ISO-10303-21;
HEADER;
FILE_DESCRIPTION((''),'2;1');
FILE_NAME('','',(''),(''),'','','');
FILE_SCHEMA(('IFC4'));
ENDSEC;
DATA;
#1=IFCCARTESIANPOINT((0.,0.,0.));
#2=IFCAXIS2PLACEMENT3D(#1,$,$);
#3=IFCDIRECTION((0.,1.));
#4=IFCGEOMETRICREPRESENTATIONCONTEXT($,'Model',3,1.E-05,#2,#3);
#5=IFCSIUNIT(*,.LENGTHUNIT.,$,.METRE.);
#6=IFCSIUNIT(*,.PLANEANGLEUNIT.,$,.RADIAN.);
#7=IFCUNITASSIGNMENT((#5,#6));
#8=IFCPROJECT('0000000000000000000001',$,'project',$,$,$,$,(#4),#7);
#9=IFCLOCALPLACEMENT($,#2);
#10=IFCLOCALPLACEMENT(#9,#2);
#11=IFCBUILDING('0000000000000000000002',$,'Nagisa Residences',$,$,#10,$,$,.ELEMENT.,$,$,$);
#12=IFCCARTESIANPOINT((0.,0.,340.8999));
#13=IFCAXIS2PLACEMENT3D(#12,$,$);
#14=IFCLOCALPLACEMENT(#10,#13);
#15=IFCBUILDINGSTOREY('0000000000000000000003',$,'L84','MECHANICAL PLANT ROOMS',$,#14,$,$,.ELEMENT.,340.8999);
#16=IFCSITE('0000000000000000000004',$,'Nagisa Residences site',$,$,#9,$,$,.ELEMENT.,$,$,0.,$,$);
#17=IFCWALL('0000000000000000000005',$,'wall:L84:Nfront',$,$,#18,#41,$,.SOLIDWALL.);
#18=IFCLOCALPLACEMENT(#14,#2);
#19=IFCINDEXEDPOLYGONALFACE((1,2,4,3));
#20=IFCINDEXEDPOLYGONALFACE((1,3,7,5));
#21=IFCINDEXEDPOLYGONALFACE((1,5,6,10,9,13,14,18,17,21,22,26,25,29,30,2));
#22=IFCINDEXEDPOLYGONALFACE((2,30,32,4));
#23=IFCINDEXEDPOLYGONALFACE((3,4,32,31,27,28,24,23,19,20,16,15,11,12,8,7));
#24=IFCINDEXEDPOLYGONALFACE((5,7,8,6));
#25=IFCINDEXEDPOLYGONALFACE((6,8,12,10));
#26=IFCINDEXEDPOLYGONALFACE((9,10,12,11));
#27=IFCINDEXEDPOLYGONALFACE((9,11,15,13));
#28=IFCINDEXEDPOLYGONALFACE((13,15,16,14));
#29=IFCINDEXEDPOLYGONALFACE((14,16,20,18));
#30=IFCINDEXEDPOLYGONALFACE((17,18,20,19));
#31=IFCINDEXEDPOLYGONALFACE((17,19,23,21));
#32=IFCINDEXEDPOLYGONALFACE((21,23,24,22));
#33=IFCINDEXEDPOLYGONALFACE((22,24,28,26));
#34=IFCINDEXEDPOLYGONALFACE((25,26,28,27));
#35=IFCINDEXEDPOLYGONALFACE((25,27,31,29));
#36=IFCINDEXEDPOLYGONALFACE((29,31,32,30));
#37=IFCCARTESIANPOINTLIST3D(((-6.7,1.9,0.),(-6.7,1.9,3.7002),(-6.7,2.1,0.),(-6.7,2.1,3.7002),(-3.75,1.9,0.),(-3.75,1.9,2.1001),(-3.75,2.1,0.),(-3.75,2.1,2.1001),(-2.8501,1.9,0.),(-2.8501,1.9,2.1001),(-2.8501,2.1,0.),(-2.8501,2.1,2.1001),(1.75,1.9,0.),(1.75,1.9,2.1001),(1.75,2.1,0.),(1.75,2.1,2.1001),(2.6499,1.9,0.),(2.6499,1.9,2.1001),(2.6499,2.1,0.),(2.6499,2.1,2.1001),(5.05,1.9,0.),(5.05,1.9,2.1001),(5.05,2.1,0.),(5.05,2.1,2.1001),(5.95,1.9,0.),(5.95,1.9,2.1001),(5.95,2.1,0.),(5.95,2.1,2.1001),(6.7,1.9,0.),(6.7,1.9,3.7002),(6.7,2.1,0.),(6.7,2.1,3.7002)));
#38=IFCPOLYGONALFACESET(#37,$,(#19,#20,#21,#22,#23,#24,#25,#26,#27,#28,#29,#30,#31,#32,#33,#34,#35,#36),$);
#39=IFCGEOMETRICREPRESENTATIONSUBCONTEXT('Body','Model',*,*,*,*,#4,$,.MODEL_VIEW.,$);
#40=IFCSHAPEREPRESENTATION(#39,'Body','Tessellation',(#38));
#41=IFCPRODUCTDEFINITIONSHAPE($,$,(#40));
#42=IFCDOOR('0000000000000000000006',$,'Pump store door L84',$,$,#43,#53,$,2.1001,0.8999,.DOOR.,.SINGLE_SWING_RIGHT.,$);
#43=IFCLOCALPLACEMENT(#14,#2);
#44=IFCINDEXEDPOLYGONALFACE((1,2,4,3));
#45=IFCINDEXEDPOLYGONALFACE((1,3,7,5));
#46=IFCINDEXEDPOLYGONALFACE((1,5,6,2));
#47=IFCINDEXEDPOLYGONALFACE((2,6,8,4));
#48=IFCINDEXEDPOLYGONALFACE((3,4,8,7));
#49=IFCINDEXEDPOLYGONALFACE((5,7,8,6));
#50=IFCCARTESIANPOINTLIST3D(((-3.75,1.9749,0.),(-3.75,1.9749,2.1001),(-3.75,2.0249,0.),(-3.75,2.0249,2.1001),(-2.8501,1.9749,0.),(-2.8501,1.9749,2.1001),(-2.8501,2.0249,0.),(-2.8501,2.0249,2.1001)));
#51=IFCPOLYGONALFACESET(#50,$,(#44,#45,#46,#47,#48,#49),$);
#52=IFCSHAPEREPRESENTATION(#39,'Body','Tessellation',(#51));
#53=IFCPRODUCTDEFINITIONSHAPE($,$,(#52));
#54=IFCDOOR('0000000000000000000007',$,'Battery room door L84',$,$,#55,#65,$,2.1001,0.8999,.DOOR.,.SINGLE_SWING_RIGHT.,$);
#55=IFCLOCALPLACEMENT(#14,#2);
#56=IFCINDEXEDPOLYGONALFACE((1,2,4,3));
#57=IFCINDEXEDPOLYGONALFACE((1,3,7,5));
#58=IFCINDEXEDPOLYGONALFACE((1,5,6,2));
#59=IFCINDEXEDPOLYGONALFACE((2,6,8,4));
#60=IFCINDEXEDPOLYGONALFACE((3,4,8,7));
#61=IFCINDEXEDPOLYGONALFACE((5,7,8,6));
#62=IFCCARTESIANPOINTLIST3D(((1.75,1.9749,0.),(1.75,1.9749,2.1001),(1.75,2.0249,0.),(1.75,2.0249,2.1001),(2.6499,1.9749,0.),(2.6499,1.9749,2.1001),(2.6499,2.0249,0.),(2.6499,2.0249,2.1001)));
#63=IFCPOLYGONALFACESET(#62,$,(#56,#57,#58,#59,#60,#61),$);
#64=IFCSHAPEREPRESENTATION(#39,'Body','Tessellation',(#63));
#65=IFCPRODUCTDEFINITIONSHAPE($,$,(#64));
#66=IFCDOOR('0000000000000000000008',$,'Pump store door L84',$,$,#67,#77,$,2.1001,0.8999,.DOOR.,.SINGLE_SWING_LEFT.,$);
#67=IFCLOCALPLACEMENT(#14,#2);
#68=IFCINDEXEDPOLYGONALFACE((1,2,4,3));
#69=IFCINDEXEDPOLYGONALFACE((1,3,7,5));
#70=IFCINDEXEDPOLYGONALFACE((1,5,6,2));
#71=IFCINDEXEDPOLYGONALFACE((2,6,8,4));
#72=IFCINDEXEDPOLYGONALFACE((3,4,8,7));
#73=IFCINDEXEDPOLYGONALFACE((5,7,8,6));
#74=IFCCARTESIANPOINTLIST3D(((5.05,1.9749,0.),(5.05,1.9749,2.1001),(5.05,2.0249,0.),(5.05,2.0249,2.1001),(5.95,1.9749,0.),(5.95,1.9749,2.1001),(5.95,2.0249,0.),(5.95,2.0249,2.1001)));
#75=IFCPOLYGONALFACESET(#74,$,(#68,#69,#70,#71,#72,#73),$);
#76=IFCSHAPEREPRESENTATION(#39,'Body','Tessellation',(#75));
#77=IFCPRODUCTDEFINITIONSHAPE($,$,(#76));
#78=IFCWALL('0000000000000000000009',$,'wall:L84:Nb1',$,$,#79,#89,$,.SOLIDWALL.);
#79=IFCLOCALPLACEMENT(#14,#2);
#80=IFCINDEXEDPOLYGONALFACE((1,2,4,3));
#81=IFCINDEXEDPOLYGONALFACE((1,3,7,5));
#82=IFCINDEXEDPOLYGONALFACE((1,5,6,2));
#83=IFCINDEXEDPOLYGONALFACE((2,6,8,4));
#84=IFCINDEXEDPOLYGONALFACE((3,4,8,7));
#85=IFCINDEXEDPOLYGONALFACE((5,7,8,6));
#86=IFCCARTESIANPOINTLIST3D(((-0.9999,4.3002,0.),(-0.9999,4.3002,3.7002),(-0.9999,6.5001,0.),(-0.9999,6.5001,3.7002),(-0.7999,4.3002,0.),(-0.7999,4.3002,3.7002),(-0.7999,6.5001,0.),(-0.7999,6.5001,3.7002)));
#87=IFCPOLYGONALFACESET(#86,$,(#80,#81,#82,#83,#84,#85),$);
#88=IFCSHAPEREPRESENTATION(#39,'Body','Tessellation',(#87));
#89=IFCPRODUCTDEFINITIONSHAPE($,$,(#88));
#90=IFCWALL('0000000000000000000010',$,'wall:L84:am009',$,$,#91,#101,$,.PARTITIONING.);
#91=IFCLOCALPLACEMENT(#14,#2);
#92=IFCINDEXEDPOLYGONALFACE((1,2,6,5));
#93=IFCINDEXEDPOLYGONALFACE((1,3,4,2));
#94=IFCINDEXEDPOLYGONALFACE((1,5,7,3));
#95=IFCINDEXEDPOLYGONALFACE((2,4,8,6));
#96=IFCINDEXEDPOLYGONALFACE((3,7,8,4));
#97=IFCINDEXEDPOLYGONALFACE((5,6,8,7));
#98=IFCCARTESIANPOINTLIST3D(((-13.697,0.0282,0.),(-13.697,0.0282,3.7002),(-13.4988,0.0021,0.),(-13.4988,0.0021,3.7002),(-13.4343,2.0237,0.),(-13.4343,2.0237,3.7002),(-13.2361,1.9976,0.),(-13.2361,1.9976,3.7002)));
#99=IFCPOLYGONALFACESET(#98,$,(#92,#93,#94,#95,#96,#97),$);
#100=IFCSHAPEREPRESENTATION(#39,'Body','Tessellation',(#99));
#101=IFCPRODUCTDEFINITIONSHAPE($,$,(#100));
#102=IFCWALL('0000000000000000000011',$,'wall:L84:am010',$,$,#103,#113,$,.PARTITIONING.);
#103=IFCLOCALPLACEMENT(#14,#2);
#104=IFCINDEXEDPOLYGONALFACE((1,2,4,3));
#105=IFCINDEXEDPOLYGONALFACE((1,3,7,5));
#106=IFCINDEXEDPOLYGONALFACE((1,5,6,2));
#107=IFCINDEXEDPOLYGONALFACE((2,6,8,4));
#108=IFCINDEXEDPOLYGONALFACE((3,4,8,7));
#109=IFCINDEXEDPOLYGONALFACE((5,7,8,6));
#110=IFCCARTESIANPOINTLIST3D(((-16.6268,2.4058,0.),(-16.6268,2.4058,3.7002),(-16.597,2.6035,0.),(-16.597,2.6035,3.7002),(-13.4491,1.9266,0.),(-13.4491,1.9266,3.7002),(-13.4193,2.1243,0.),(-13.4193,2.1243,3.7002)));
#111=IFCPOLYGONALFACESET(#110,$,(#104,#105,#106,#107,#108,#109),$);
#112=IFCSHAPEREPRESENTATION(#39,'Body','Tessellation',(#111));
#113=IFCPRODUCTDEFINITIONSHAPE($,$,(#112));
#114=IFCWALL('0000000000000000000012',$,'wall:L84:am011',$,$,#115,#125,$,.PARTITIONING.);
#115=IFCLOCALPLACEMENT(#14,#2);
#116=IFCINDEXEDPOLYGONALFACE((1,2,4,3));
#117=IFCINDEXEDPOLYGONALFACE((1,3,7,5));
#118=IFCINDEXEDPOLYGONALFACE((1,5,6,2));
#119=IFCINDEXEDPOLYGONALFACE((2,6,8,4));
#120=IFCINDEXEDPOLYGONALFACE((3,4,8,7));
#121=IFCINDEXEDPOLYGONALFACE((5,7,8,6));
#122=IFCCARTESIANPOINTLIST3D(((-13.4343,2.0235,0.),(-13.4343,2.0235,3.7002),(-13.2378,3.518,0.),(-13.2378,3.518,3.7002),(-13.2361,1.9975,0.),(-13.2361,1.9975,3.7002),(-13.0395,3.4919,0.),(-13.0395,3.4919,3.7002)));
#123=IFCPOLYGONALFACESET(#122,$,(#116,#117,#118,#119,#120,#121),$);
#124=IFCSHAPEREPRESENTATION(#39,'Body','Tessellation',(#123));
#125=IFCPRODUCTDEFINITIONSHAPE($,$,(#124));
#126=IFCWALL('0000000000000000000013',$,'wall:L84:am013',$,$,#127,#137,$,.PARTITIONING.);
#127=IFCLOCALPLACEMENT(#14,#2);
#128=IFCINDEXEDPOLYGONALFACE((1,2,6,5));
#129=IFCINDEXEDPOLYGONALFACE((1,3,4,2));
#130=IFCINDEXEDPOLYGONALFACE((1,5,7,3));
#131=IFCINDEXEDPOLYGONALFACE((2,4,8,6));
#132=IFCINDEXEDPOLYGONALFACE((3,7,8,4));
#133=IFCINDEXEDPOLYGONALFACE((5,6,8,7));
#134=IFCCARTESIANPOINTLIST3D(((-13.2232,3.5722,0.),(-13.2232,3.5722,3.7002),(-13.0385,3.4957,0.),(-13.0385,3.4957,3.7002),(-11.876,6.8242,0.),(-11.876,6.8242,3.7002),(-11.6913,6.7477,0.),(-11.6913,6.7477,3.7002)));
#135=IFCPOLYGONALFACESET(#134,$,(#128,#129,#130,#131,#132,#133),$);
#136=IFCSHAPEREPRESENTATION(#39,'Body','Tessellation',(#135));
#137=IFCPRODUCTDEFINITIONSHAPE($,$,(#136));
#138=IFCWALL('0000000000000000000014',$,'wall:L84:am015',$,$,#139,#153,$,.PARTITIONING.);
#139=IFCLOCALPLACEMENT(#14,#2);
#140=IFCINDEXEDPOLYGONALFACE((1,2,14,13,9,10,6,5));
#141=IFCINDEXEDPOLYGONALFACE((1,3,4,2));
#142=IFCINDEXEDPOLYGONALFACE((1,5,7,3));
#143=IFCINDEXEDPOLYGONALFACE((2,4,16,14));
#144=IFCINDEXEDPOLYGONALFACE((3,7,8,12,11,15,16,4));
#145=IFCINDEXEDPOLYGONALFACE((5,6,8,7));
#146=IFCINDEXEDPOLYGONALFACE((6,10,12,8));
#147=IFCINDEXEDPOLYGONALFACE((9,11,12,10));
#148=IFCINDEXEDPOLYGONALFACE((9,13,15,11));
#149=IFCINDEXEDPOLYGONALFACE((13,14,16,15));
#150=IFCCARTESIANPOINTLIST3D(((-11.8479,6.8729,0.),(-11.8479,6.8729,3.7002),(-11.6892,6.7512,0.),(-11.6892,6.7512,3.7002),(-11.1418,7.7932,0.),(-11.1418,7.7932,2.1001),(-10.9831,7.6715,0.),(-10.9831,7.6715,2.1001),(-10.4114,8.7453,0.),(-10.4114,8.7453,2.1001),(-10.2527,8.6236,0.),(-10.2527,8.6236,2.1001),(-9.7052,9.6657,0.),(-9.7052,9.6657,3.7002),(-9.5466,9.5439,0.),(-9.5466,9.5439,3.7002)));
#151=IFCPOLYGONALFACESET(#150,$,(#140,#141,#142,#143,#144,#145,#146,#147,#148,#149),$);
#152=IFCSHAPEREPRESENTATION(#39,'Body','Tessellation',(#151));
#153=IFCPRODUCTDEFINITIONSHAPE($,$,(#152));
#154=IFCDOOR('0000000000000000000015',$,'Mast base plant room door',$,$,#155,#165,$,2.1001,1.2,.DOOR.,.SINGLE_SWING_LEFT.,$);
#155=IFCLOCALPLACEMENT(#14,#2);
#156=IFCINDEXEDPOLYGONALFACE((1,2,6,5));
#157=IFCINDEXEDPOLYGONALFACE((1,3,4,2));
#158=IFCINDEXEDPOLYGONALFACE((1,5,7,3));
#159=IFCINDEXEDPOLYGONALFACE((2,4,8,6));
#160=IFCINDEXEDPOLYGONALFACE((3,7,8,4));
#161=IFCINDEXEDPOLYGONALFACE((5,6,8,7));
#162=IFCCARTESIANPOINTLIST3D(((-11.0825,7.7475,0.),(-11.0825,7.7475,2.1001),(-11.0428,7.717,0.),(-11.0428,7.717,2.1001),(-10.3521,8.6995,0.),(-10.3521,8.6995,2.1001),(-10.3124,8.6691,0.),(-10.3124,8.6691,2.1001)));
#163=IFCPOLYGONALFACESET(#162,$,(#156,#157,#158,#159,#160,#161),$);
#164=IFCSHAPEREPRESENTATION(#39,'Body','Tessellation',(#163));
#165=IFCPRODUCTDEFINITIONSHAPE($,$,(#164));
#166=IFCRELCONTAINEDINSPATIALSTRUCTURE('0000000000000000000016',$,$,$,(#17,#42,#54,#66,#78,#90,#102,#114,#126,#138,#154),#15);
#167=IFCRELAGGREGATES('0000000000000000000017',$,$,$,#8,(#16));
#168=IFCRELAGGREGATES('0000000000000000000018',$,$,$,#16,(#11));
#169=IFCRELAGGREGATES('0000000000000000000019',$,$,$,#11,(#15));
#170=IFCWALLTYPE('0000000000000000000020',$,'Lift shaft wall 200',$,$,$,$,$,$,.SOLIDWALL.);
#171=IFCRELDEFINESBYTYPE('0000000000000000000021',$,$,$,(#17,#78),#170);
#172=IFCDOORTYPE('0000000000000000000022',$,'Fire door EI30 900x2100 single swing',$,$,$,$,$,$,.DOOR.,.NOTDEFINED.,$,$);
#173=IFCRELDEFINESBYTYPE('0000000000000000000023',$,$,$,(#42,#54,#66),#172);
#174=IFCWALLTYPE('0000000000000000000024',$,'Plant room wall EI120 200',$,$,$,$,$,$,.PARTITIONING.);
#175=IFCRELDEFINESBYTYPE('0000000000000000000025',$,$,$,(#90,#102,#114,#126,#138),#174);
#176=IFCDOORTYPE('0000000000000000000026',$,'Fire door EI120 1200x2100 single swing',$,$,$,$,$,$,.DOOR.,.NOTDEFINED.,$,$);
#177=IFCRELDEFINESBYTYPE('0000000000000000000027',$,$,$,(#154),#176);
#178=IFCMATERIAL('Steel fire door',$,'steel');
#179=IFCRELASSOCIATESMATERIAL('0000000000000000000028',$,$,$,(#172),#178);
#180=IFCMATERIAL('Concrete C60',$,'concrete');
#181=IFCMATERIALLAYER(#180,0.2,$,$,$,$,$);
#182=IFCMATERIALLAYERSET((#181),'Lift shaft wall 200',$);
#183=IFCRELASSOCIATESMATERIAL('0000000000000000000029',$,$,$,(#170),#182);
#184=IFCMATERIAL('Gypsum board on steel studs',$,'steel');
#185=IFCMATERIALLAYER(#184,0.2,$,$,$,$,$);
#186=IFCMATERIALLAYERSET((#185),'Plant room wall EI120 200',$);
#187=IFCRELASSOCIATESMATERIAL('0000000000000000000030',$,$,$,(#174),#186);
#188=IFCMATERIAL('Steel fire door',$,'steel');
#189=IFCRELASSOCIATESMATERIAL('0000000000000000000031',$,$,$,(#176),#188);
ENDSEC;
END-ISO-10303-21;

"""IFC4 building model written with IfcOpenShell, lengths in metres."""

from ifc_helpers import new_model, si_unit, direction, frame, frame_2d, origin, place, context, subcontext, project, spatial, rectangle, extrude, material, layer, layer_set, type_object, element, fill, save


model = new_model("IFC4")

# Units and contexts
model_context = context("Model", 3, precision=1e-05, world=origin(), true_north=direction((0.0, 1.0)))
body_context = subcontext(model_context, "Body", "Model", "MODEL_VIEW")
ifc_project = project(units=[si_unit("LENGTHUNIT", "METRE"), si_unit("PLANEANGLEUNIT", "RADIAN")], contexts=[model_context])

# Site, building, storey
site_placement = place(None, origin())
site = spatial("IfcSite", under=ifc_project, at=site_placement, Name="Nagisa Residences site", CompositionType="ELEMENT", RefElevation=0.0)
building_placement = place(site_placement, origin())
building = spatial("IfcBuilding", under=site, at=building_placement, Name="Nagisa Residences", CompositionType="ELEMENT")
storey_placement = place(building_placement, frame((0.0, 0.0, 340.8999)))
storey = spatial("IfcBuildingStorey", under=building, at=storey_placement, Name="L84", Description="MECHANICAL PLANT ROOMS", CompositionType="ELEMENT", Elevation=340.8999)

# Shared definitions
ifc_material_1 = material(Name="Steel fire door", Category="steel")
door_type_1 = type_object("IfcDoorType", Name="Fire door EI30 900x2100 single swing", OperationType="NOTDEFINED", PredefinedType="DOOR", material=ifc_material_1)

# Shared definitions
ifc_material_2 = material(Name="Concrete C60", Category="concrete")
ifc_layer_1 = layer(ifc_material_2, 0.2)
ifc_layer_set_1 = layer_set([ifc_layer_1], Name="Lift shaft wall 200")
wall_type_1 = type_object("IfcWallType", Name="Lift shaft wall 200", PredefinedType="SOLIDWALL", material=ifc_layer_set_1)

# Wall, openings, doors
wall_1_placement = place(storey_placement, frame((-6.7, 2.0, 0.0), z_axis=(0.0, 0.0, 1.0), x_axis=(1.0, 0.0, 0.0)))
wall_1 = element("IfcWall", 1, at=wall_1_placement, inside=storey, type_object=wall_type_1, Name="wall:L84:Nfront", PredefinedType="SOLIDWALL", context=body_context, shape_type="SweptSolid", body=[
    extrude(rectangle(XDim=13.3999, YDim=0.2, at=frame_2d((6.7, 0.0))), origin(), (0.0, 0.0, 1.0), 3.7002),
])
opening_1_placement = place(wall_1_placement, frame((2.95, 0.0, 0.0)))
opening_1 = element("IfcOpeningElement", 2, at=opening_1_placement, cuts=wall_1, PredefinedType="OPENING", context=body_context, shape_type="SweptSolid", body=[
    extrude(rectangle(XDim=0.8999, YDim=2.1001, at=frame_2d((0.45, 1.05))), frame((0.0, 0.1099, 0.0), z_axis=(0.0, -1.0, 0.0), x_axis=(1.0, 0.0, 0.0)), (0.0, 0.0, 1.0), 0.22),
])
opening_2_placement = place(wall_1_placement, frame((8.45, 0.0, 0.0)))
opening_2 = element("IfcOpeningElement", 3, at=opening_2_placement, cuts=wall_1, PredefinedType="OPENING", context=body_context, shape_type="SweptSolid", body=[
    extrude(rectangle(XDim=0.8999, YDim=2.1001, at=frame_2d((0.45, 1.05))), frame((0.0, 0.1099, 0.0), z_axis=(0.0, -1.0, 0.0), x_axis=(1.0, 0.0, 0.0)), (0.0, 0.0, 1.0), 0.22),
])
opening_3_placement = place(wall_1_placement, frame((11.75, 0.0, 0.0)))
opening_3 = element("IfcOpeningElement", 4, at=opening_3_placement, cuts=wall_1, PredefinedType="OPENING", context=body_context, shape_type="SweptSolid", body=[
    extrude(rectangle(XDim=0.8999, YDim=2.1001, at=frame_2d((0.45, 1.05))), frame((0.0, 0.1099, 0.0), z_axis=(0.0, -1.0, 0.0), x_axis=(1.0, 0.0, 0.0)), (0.0, 0.0, 1.0), 0.22),
])
door_1_placement = place(opening_1_placement, origin())
door_1 = element("IfcDoor", 5, at=door_1_placement, inside=storey, type_object=door_type_1, Name="Pump store door L84", OperationType="SINGLE_SWING_RIGHT", OverallHeight=2.1001, OverallWidth=0.8999, PredefinedType="DOOR", context=body_context, shape_type="SweptSolid", body=[
    extrude(rectangle(XDim=0.8999, YDim=2.1001, at=frame_2d((0.45, 1.05))), frame((0.0, 0.0249, 0.0), z_axis=(0.0, -1.0, 0.0), x_axis=(1.0, 0.0, 0.0)), (0.0, 0.0, 1.0), 0.05),
])
fill(opening_1, door_1)
door_2_placement = place(opening_2_placement, origin())
door_2 = element("IfcDoor", 6, at=door_2_placement, inside=storey, type_object=door_type_1, Name="Battery room door L84", OperationType="SINGLE_SWING_RIGHT", OverallHeight=2.1001, OverallWidth=0.8999, PredefinedType="DOOR", context=body_context, shape_type="SweptSolid", body=[
    extrude(rectangle(XDim=0.8999, YDim=2.1001, at=frame_2d((0.45, 1.05))), frame((0.0, 0.0249, 0.0), z_axis=(0.0, -1.0, 0.0), x_axis=(1.0, 0.0, 0.0)), (0.0, 0.0, 1.0), 0.05),
])
fill(opening_2, door_2)
door_3_placement = place(opening_3_placement, origin())
door_3 = element("IfcDoor", 7, at=door_3_placement, inside=storey, type_object=door_type_1, Name="Pump store door L84", OperationType="SINGLE_SWING_LEFT", OverallHeight=2.1001, OverallWidth=0.8999, PredefinedType="DOOR", context=body_context, shape_type="SweptSolid", body=[
    extrude(rectangle(XDim=0.8999, YDim=2.1001, at=frame_2d((0.45, 1.05))), frame((0.0, 0.0249, 0.0), z_axis=(0.0, -1.0, 0.0), x_axis=(1.0, 0.0, 0.0)), (0.0, 0.0, 1.0), 0.05),
])
fill(opening_3, door_3)

# Walls
wall_2_placement = place(storey_placement, frame((-0.8999, 4.3, 0.0), z_axis=(0.0, 0.0, 1.0), x_axis=(0.0, 1.0, 0.0)))
element("IfcWall", 8, at=wall_2_placement, inside=storey, type_object=wall_type_1, Name="wall:L84:Nb1", PredefinedType="SOLIDWALL", context=body_context, shape_type="SweptSolid", body=[
    extrude(rectangle(XDim=2.2, YDim=0.2, at=frame_2d((1.1001, 0.0))), origin(), (0.0, 0.0, 1.0), 3.7002),
])
ifc_material_3 = material(Name="Gypsum board on steel studs", Category="steel")
ifc_layer_2 = layer(ifc_material_3, 0.2)
ifc_layer_set_2 = layer_set([ifc_layer_2], Name="Plant room wall EI120 200")
wall_type_2 = type_object("IfcWallType", Name="Plant room wall EI120 200", PredefinedType="PARTITIONING", material=ifc_layer_set_2)
wall_3_placement = place(storey_placement, frame((-13.5979, 0.0151, 0.0), z_axis=(0.0, 0.0, 1.0), x_axis=(0.130527, 0.991445, 0.0)))
element("IfcWall", 9, at=wall_3_placement, inside=storey, type_object=wall_type_2, Name="wall:L84:am009", PredefinedType="PARTITIONING", context=body_context, shape_type="SweptSolid", body=[
    extrude(rectangle(XDim=2.0127, YDim=0.2, at=frame_2d((1.0063, 0.0))), origin(), (0.0, 0.0, 1.0), 3.7002),
])
wall_4_placement = place(storey_placement, frame((-13.4341, 2.0254, 0.0), z_axis=(0.0, 0.0, 1.0), x_axis=(-0.988818, 0.149128, 0.0)))
element("IfcWall", 10, at=wall_4_placement, inside=storey, type_object=wall_type_2, Name="wall:L84:am010", PredefinedType="PARTITIONING", context=body_context, shape_type="SweptSolid", body=[
    extrude(rectangle(XDim=3.2136, YDim=0.2, at=frame_2d((1.6069, 0.0))), origin(), (0.0, 0.0, 1.0), 3.7002),
])
wall_5_placement = place(storey_placement, frame((-13.3352, 2.0105, 0.0), z_axis=(0.0, 0.0, 1.0), x_axis=(0.130392, 0.991463, 0.0)))
element("IfcWall", 11, at=wall_5_placement, inside=storey, type_object=wall_type_2, Name="wall:L84:am011", PredefinedType="PARTITIONING", context=body_context, shape_type="SweptSolid", body=[
    extrude(rectangle(XDim=1.5073, YDim=0.2, at=frame_2d((0.7537, 0.0))), origin(), (0.0, 0.0, 1.0), 3.7002),
])
wall_6_placement = place(storey_placement, frame((-13.1309, 3.5339, 0.0), z_axis=(0.0, 0.0, 1.0), x_axis=(0.382723, 0.923863, 0.0)))
element("IfcWall", 12, at=wall_6_placement, inside=storey, type_object=wall_type_2, Name="wall:L84:am013", PredefinedType="PARTITIONING", context=body_context, shape_type="SweptSolid", body=[
    extrude(rectangle(XDim=3.52, YDim=0.2, at=frame_2d((1.76, 0.0))), origin(), (0.0, 0.0, 1.0), 3.7002),
])

# Wall, opening, door
wall_7_placement = place(storey_placement, frame((-11.7686, 6.812, 0.0), z_axis=(0.0, 0.0, 1.0), x_axis=(0.608698, 0.793402, 0.0)))
wall_7 = element("IfcWall", 13, at=wall_7_placement, inside=storey, type_object=wall_type_2, Name="wall:L84:am015", PredefinedType="PARTITIONING", context=body_context, shape_type="SweptSolid", body=[
    extrude(rectangle(XDim=3.52, YDim=0.2, at=frame_2d((1.76, 0.0))), origin(), (0.0, 0.0, 1.0), 3.7002),
])
opening_4_placement = place(wall_7_placement, frame((1.1599, 0.0, 0.0)))
opening_4 = element("IfcOpeningElement", 14, at=opening_4_placement, cuts=wall_7, PredefinedType="OPENING", context=body_context, shape_type="SweptSolid", body=[
    extrude(rectangle(XDim=1.2, YDim=2.1001, at=frame_2d((0.6001, 1.05))), frame((0.0, 0.1099, 0.0), z_axis=(0.0, -1.0, 0.0), x_axis=(1.0, 0.0, 0.0)), (0.0, 0.0, 1.0), 0.22),
])
ifc_material_4 = material(Name="Steel fire door", Category="steel")
door_type_2 = type_object("IfcDoorType", Name="Fire door EI120 1200x2100 single swing", OperationType="NOTDEFINED", PredefinedType="DOOR", material=ifc_material_4)
door_4_placement = place(opening_4_placement, frame((1.2, 0.0, 0.0), x_axis=(-1.0, 0.0, 0.0)))
door_4 = element("IfcDoor", 15, at=door_4_placement, inside=storey, type_object=door_type_2, Name="Mast base plant room door", OperationType="SINGLE_SWING_LEFT", OverallHeight=2.1001, OverallWidth=1.2, PredefinedType="DOOR", context=body_context, shape_type="SweptSolid", body=[
    extrude(rectangle(XDim=1.2, YDim=2.1001, at=frame_2d((0.6001, 1.05))), frame((0.0, 0.0249, 0.0), z_axis=(0.0, -1.0, 0.0), x_axis=(1.0, 0.0, 0.0)), (0.0, 0.0, 1.0), 0.05),
])
fill(opening_4, door_4)

save(model, "model.ifc")
